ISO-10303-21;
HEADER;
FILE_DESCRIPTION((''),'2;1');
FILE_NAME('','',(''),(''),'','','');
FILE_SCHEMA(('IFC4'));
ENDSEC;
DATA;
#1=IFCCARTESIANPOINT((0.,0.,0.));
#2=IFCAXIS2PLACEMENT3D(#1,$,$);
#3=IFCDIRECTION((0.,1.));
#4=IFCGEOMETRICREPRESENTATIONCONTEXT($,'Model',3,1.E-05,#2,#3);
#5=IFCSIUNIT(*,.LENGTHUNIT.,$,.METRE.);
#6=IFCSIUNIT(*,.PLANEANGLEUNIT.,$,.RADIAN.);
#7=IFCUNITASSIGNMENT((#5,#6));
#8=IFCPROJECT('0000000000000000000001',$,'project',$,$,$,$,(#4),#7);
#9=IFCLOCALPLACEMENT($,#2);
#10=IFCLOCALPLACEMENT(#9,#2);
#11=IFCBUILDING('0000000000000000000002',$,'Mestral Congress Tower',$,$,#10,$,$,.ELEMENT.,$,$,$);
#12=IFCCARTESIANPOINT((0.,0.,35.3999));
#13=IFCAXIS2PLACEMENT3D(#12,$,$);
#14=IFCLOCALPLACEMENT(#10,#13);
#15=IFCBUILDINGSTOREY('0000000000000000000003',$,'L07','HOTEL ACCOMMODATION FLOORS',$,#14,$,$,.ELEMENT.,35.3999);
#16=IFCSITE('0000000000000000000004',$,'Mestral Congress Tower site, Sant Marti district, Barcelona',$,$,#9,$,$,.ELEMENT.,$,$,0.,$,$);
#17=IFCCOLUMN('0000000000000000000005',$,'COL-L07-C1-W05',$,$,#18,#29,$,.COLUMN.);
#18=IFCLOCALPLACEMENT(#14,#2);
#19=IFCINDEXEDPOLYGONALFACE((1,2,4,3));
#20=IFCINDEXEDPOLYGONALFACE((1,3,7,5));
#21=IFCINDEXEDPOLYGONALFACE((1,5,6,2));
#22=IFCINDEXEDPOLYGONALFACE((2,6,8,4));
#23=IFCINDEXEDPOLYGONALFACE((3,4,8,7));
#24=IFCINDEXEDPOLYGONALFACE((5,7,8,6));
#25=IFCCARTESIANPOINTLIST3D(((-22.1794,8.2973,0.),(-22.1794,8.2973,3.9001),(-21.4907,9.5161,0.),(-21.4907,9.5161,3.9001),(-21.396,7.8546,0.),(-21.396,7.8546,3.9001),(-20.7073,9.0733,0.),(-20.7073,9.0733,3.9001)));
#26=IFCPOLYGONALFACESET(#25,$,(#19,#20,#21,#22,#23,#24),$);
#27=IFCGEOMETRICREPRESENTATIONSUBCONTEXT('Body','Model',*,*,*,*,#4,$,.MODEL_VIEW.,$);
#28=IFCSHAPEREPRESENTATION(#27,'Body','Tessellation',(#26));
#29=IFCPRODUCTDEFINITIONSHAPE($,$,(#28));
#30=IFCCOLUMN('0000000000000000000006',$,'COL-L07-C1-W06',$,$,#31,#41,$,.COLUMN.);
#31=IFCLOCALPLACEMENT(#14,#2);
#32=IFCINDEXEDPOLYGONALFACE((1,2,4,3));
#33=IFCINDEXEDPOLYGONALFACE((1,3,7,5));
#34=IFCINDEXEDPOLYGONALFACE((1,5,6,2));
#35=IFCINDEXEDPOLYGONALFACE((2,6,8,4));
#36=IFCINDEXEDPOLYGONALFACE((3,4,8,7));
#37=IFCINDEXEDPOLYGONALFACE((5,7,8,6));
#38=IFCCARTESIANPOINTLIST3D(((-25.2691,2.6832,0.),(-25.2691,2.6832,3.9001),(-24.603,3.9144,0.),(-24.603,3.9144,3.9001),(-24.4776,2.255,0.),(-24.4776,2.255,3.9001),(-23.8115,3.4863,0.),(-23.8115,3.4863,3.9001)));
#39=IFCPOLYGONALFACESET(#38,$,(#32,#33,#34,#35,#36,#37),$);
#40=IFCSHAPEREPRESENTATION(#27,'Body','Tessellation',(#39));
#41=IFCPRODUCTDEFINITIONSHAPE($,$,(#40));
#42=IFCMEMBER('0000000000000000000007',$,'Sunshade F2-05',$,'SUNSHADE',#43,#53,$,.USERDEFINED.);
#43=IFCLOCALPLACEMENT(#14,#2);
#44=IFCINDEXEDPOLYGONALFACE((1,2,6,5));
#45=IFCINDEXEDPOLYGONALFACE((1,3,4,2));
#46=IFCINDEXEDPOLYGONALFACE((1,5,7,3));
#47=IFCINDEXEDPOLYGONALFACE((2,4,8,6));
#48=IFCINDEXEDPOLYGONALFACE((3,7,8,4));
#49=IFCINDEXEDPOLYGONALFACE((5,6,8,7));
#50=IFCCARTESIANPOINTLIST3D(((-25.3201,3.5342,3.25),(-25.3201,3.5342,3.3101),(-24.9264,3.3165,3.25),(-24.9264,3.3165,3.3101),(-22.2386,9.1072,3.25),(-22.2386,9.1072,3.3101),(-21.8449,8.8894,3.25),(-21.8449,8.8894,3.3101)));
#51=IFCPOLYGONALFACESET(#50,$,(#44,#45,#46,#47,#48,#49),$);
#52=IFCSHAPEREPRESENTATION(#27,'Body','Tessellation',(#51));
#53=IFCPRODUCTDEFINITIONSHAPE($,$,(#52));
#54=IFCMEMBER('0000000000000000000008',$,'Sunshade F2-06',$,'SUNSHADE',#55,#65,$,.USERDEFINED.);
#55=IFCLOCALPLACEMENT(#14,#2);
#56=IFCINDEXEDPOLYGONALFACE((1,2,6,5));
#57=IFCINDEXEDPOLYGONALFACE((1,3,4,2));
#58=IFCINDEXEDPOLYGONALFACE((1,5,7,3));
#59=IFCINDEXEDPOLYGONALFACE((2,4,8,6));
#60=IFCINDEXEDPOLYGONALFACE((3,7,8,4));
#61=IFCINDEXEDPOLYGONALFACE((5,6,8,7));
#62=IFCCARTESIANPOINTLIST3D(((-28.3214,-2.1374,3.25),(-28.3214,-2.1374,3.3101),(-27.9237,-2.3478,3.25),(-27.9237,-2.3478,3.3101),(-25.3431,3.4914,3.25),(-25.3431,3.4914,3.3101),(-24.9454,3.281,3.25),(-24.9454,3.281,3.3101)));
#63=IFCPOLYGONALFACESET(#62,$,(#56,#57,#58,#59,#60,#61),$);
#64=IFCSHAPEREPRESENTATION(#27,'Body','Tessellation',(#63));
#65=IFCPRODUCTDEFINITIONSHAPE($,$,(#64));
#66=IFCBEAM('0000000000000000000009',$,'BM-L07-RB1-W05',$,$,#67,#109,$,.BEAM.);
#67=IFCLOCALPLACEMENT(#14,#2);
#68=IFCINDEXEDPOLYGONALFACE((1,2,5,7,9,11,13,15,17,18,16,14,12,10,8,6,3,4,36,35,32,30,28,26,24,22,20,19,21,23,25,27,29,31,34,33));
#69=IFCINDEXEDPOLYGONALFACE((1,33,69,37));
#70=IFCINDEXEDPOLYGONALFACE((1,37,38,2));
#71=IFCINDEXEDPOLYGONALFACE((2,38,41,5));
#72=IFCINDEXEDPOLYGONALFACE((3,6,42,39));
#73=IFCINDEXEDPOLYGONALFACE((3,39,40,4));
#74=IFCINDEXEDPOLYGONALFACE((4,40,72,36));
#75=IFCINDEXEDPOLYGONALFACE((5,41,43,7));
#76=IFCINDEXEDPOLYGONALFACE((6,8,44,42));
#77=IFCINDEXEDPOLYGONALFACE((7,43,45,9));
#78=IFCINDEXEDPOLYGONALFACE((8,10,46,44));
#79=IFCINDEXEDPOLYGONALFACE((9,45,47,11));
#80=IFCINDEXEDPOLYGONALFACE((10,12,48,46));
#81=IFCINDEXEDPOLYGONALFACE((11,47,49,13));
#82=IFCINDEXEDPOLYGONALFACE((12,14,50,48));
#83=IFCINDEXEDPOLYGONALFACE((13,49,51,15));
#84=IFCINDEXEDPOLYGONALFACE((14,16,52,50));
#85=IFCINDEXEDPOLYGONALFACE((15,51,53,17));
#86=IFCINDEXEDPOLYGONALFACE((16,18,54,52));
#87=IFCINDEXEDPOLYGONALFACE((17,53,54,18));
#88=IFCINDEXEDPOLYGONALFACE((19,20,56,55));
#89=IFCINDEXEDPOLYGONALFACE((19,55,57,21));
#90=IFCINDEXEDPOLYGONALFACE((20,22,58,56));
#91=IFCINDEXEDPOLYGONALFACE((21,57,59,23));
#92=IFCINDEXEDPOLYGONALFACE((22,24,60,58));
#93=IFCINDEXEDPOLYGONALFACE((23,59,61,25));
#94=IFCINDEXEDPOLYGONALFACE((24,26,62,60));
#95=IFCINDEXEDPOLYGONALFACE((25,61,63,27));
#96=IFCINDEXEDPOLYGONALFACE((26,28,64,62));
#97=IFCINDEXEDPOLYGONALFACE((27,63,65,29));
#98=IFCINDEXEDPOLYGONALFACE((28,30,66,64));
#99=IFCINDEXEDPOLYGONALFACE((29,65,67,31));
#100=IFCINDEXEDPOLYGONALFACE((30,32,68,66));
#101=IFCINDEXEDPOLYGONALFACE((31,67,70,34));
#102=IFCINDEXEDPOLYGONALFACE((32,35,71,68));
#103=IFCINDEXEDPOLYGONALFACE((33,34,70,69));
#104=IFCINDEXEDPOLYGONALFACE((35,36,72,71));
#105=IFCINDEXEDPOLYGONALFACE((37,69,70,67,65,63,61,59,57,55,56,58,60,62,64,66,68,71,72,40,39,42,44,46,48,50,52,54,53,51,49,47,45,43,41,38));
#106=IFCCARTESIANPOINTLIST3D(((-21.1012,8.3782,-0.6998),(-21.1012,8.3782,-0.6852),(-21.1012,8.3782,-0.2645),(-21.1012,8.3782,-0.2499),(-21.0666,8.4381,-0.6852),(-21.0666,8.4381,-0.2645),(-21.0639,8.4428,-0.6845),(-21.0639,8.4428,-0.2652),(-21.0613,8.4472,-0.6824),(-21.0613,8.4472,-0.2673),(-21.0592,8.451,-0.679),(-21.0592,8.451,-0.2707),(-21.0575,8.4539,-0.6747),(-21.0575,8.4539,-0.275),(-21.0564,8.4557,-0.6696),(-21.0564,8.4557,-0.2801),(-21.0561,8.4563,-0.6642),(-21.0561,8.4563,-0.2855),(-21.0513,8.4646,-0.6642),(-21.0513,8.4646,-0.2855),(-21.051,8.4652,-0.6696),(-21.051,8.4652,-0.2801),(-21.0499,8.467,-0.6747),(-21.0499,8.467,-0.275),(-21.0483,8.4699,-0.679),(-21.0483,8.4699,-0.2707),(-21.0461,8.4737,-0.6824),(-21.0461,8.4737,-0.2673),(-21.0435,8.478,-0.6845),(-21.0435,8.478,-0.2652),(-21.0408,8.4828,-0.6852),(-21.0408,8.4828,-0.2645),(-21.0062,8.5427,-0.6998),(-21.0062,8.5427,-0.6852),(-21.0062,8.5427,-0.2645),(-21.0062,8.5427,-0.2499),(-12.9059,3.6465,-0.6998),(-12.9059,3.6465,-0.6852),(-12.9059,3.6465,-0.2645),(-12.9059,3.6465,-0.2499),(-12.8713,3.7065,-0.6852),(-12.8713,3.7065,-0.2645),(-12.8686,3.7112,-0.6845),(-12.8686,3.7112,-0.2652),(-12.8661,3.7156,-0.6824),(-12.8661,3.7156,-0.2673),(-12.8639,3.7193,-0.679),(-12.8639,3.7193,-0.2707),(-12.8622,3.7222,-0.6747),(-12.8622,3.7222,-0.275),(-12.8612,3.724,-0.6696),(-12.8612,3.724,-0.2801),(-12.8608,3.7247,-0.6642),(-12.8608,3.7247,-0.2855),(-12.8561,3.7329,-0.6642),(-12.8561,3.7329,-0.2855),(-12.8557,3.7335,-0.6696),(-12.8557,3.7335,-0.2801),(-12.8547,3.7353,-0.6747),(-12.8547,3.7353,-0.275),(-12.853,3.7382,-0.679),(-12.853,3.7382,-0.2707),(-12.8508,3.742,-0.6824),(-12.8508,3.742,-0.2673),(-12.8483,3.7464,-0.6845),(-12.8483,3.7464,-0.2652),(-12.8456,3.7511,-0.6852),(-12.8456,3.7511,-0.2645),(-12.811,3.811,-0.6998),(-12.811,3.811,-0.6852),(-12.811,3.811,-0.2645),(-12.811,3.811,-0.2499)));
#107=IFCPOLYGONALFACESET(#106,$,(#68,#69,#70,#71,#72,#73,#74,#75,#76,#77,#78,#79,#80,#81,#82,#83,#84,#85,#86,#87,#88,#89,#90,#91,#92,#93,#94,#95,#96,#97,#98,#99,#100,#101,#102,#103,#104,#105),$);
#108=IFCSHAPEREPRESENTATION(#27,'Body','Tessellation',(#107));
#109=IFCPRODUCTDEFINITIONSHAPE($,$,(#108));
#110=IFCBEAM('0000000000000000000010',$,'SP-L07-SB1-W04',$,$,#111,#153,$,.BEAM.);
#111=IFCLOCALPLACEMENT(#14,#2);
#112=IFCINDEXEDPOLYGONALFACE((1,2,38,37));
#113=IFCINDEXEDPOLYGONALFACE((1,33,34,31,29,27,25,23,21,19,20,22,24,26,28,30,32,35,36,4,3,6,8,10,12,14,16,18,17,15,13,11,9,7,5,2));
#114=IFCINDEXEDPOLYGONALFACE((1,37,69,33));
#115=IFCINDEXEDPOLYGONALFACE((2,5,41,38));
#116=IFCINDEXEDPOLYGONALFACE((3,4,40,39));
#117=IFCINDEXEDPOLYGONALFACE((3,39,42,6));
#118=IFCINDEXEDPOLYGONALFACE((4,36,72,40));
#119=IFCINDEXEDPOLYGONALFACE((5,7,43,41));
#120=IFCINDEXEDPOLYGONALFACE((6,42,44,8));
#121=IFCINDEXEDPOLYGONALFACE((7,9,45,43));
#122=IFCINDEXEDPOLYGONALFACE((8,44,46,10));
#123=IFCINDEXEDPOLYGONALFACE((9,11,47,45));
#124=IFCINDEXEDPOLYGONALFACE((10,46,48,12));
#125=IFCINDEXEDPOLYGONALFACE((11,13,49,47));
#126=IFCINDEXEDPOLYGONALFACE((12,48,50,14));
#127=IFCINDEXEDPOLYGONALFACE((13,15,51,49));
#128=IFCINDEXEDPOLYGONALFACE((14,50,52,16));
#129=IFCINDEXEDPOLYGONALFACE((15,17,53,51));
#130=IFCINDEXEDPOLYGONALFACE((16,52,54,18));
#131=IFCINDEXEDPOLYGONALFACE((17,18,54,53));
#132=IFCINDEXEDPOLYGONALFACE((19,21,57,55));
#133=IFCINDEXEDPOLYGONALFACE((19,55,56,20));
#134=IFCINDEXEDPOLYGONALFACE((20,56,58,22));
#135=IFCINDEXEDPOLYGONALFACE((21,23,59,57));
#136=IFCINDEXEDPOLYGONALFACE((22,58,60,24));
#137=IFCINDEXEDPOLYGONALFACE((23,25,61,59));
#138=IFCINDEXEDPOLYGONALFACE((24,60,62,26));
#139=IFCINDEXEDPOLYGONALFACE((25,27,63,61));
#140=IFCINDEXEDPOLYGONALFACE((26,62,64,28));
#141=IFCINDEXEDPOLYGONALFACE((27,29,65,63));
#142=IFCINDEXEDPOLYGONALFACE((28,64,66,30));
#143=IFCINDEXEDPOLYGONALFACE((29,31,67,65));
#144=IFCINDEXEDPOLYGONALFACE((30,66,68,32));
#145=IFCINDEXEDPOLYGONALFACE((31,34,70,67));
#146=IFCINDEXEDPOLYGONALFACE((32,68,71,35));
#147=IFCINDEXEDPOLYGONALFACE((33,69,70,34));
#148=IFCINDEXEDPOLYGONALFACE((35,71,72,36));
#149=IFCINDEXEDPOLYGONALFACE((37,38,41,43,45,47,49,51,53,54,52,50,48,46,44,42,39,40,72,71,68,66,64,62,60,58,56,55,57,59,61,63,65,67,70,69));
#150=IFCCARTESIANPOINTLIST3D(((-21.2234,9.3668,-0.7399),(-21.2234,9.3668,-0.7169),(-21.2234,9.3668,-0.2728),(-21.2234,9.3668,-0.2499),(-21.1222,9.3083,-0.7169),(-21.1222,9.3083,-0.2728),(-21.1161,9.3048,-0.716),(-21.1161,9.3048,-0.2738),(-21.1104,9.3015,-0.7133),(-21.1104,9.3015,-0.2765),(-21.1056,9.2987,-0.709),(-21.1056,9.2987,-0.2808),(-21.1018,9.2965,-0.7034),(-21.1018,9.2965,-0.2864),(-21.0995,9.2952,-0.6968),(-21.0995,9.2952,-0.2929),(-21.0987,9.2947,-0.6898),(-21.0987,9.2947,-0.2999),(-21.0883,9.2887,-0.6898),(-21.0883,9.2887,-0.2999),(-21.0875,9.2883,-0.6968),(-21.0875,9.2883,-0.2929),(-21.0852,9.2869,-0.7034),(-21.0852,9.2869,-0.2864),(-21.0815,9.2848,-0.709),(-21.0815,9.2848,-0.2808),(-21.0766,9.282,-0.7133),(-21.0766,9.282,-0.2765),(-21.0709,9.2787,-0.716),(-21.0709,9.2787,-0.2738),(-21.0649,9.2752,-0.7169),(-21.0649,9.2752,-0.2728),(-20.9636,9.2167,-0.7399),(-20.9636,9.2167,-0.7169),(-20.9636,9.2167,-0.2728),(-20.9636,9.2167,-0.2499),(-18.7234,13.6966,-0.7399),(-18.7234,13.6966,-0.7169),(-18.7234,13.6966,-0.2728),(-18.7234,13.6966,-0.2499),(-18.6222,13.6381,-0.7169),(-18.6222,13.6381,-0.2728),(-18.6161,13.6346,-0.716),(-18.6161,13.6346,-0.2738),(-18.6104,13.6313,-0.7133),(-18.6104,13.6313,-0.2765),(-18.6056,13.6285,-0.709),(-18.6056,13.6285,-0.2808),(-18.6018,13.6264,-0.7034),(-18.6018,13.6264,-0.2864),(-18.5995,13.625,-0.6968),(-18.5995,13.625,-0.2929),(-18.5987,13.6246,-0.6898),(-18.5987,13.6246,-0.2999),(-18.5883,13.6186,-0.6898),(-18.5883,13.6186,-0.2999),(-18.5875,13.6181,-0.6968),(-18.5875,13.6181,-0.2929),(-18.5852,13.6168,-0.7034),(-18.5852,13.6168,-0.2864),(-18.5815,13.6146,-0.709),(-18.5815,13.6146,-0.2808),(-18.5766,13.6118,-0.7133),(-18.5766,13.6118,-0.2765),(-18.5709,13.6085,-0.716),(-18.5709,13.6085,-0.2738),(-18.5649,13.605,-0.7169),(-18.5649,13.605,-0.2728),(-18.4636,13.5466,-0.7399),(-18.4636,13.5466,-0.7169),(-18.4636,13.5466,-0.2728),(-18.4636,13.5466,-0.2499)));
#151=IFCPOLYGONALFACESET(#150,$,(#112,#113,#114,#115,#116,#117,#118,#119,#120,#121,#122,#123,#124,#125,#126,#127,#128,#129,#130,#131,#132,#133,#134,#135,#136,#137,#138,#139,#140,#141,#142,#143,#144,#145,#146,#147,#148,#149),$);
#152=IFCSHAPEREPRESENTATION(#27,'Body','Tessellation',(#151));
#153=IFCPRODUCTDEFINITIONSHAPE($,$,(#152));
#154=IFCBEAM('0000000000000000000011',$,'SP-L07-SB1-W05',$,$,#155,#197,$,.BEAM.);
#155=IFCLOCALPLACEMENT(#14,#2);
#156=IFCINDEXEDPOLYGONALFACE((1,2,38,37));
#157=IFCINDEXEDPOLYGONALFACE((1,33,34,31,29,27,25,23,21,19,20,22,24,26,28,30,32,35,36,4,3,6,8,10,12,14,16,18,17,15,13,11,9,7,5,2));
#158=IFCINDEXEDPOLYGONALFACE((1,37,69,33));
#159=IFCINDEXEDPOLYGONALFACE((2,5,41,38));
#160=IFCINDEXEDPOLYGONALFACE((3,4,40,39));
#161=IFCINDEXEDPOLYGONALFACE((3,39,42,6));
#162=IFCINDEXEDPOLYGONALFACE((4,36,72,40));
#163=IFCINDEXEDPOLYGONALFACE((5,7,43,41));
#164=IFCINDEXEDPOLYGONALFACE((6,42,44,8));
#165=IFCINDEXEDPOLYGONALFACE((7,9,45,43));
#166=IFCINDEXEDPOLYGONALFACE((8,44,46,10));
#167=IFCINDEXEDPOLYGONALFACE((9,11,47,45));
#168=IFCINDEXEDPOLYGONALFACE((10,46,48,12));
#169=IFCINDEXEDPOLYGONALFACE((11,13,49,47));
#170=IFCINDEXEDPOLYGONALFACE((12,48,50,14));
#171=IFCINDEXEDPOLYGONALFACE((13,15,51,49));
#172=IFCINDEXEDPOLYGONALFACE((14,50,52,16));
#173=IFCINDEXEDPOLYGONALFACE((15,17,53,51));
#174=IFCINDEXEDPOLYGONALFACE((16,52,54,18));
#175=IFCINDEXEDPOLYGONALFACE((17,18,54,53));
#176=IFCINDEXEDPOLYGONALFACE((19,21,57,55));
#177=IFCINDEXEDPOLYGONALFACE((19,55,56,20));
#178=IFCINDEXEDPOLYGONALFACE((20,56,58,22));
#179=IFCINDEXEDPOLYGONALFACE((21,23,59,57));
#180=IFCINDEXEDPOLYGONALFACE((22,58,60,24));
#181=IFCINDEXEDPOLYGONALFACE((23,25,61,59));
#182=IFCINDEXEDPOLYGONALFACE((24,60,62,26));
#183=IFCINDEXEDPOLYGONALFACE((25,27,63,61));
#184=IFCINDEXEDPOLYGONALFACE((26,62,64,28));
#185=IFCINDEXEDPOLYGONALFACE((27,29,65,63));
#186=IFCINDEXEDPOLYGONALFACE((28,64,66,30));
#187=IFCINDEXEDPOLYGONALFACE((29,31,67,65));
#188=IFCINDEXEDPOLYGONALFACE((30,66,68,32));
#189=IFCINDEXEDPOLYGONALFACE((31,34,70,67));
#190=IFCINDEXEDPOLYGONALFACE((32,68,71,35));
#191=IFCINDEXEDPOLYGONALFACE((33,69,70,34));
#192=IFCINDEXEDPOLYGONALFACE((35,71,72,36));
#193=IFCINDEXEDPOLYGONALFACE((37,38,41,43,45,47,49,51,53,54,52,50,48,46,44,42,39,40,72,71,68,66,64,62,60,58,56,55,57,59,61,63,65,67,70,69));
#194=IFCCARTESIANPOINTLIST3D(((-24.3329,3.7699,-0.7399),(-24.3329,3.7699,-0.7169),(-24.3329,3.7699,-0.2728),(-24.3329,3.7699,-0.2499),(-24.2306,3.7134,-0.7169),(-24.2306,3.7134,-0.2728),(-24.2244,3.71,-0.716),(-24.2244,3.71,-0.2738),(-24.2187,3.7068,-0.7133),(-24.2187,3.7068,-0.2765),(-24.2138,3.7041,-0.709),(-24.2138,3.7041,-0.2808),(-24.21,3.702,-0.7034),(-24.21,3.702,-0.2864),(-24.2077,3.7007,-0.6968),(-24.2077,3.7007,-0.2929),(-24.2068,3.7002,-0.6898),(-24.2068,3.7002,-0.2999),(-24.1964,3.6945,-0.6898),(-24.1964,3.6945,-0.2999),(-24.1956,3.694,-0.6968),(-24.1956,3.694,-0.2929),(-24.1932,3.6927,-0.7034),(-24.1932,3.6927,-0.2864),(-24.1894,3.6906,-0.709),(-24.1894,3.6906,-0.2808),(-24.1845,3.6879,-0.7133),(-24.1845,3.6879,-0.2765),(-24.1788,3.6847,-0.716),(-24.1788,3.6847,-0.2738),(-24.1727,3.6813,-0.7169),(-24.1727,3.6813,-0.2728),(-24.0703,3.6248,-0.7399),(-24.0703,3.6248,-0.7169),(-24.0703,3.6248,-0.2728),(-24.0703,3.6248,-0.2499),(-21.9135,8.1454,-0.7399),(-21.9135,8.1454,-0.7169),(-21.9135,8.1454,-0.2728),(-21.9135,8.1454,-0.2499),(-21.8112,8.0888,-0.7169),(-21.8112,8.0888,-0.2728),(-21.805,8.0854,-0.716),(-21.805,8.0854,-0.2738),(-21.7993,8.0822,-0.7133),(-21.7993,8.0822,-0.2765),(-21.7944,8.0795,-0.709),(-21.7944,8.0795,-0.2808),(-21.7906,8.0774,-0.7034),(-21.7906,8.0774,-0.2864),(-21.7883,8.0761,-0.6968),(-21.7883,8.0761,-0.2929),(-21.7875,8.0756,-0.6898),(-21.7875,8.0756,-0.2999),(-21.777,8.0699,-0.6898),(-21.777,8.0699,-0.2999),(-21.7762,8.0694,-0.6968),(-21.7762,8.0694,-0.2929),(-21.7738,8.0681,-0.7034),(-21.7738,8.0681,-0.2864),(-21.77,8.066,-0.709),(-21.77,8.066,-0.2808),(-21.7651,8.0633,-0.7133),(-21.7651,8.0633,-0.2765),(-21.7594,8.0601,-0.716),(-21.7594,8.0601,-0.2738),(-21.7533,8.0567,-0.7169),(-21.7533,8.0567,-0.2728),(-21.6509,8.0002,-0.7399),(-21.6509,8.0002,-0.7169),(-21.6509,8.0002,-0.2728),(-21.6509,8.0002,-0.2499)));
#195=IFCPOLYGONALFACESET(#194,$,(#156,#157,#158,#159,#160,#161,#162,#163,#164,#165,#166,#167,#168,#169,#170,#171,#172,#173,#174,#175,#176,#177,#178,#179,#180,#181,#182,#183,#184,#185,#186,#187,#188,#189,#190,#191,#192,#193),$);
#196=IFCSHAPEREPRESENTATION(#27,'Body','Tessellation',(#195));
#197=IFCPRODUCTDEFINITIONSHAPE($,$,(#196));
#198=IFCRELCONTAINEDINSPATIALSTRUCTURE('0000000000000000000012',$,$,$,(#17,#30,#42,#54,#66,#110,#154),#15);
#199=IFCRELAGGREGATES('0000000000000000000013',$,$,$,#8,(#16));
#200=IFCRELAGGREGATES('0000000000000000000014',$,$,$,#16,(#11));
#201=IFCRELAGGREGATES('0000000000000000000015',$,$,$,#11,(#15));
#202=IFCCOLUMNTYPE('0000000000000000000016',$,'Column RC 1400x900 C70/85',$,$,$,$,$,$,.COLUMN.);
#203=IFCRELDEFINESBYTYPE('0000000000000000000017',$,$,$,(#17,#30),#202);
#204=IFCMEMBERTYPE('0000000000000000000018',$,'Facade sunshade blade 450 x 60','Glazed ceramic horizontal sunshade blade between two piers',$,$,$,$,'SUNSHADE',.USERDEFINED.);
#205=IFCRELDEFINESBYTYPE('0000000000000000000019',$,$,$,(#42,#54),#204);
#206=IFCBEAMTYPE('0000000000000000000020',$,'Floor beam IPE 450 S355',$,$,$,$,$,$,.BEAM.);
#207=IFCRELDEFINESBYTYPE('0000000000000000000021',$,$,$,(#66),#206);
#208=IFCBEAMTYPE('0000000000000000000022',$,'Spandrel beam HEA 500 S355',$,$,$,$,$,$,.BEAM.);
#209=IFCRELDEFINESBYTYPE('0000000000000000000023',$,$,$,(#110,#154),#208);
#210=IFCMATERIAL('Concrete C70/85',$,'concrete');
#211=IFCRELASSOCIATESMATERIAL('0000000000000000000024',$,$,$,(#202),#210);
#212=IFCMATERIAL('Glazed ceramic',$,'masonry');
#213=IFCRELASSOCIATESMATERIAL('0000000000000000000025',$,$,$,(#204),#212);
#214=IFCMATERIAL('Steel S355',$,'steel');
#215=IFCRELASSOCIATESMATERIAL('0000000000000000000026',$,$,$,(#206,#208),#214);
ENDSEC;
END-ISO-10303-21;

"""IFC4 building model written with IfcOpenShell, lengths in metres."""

from ifc_helpers import new_model, si_unit, direction, frame, origin, origin_2d, place, context, subcontext, project, spatial, rectangle, i_section, extrude, material, material_profile, profile_set, type_object, element, save


model = new_model("IFC4")

# Units and contexts
model_context = context("Model", 3, precision=1e-05, world=origin(), true_north=direction((0.0, 1.0)))
body_context = subcontext(model_context, "Body", "Model", "MODEL_VIEW")
ifc_project = project(units=[si_unit("LENGTHUNIT", "METRE"), si_unit("PLANEANGLEUNIT", "RADIAN")], contexts=[model_context])

# Site, building, storey
site_placement = place(None, origin())
site = spatial("IfcSite", under=ifc_project, at=site_placement, Name="Mestral Congress Tower site, Sant Marti district, Barcelona", CompositionType="ELEMENT", RefElevation=0.0)
building_placement = place(site_placement, origin())
building = spatial("IfcBuilding", under=site, at=building_placement, Name="Mestral Congress Tower", CompositionType="ELEMENT")
storey_placement = place(building_placement, frame((0.0, 0.0, 35.3999)))
storey = spatial("IfcBuildingStorey", under=building, at=storey_placement, Name="L07", Description="HOTEL ACCOMMODATION FLOORS", CompositionType="ELEMENT", Elevation=35.3999)

# Columns
ifc_material_1 = material(Name="Concrete C70/85", Category="concrete")
ifc_material_profile_1 = material_profile(ifc_material_1, rectangle(XDim=1.3999, YDim=0.8999, at=origin_2d()), Name="RC 1400x900")
ifc_profile_set_1 = profile_set([ifc_material_profile_1], Name="Concrete C70/85")
column_type = type_object("IfcColumnType", Name="Column RC 1400x900 C70/85", PredefinedType="COLUMN", material=ifc_profile_set_1)
for number, where, z_axis, x_axis, name in (
    (1, (-21.4434, 8.6853, 0.0), (0.0, 0.0, 1.0), (-0.491974, -0.87061, 0.0), "COL-L07-C1-W05"),
    (2, (-24.5403, 3.0847, 0.0), (0.0, 0.0, 1.0), (-0.475796, -0.879556, 0.0), "COL-L07-C1-W06"),
):
    element("IfcColumn", number, at=place(storey_placement, frame(where, z_axis=z_axis, x_axis=x_axis)), inside=storey, type_object=column_type, Name=name, PredefinedType="COLUMN", context=body_context, shape_type="SweptSolid", body=[
        extrude(rectangle(XDim=1.3999, YDim=0.8999, at=origin_2d()), origin(), (0.0, 0.0, 1.0), 3.9001),
    ])

# Members
ifc_material_2 = material(Name="Glazed ceramic", Category="masonry")
ifc_material_profile_2 = material_profile(ifc_material_2, rectangle(XDim=0.45, YDim=0.0601, at=origin_2d()), Name="Ceramic blade 450 x 60")
ifc_profile_set_2 = profile_set([ifc_material_profile_2], Name="Glazed ceramic")
member_type = type_object("IfcMemberType", Name="Facade sunshade blade 450 x 60", Description="Glazed ceramic horizontal sunshade blade between two piers", ElementType="SUNSHADE", PredefinedType="USERDEFINED", material=ifc_profile_set_2)
for number, where, z_axis, x_axis, name in (
    (3, (-22.0417, 8.9983, 3.28), (-0.483894, -0.875127, 0.0), (0.875127, -0.483894, 0.0), "Sunshade F2-05"),
    (4, (-25.1443, 3.3862, 3.28), (-0.467675, -0.883901, 0.0), (0.883901, -0.467675, 0.0), "Sunshade F2-06"),
):
    element("IfcMember", number, at=place(storey_placement, frame(where, z_axis=z_axis, x_axis=x_axis)), inside=storey, type_object=member_type, Name=name, ObjectType="SUNSHADE", PredefinedType="USERDEFINED", context=body_context, shape_type="SweptSolid", body=[
        extrude(rectangle(XDim=0.45, YDim=0.0601, at=origin_2d()), origin(), (0.0, 0.0, 1.0), 6.3682),
    ])

# Beams
ifc_material_3 = material(Name="Steel S355", Category="steel")
ifc_material_profile_3 = material_profile(ifc_material_3, i_section(OverallWidth=0.1899, OverallDepth=0.45, WebThickness=0.0095, FlangeThickness=0.0146, FilletRadius=0.021, at=origin_2d()), Name="IPE 450")
ifc_profile_set_3 = profile_set([ifc_material_profile_3], Name="Steel S355")
beam_type_1 = type_object("IfcBeamType", Name="Floor beam IPE 450 S355", PredefinedType="BEAM", material=ifc_profile_set_3)
beam_placement = place(storey_placement, frame((-21.0537, 8.4604, -0.4749), z_axis=(0.86602, -0.50001, 0.0), x_axis=(0.50001, 0.86602, 0.0)))
element("IfcBeam", 5, at=beam_placement, inside=storey, type_object=beam_type_1, Name="BM-L07-RB1-W05", PredefinedType="BEAM", context=body_context, shape_type="SweptSolid", body=[
    extrude(i_section(OverallWidth=0.1899, OverallDepth=0.45, WebThickness=0.0095, FlangeThickness=0.0146, FilletRadius=0.021, at=origin_2d()), origin(), (0.0, 0.0, 1.0), 9.4631),
])
ifc_material_profile_4 = material_profile(ifc_material_3, i_section(OverallWidth=0.3, OverallDepth=0.49, WebThickness=0.012, FlangeThickness=0.0229, FilletRadius=0.0271, at=origin_2d()), Name="HEA 500")
ifc_profile_set_4 = profile_set([ifc_material_profile_4], Name="Steel S355")
beam_type_2 = type_object("IfcBeamType", Name="Spandrel beam HEA 500 S355", PredefinedType="BEAM", material=ifc_profile_set_4)
for number, where, z_axis, x_axis, name in (
    (6, (-18.5935, 13.6216, -0.4949), (-0.500025, -0.866011, 0.0), (0.866011, -0.500025, 0.0), "SP-L07-SB1-W04"),
    (7, (-21.7822, 8.0728, -0.4949), (-0.483901, -0.875123, 0.0), (0.875123, -0.483901, 0.0), "SP-L07-SB1-W05"),
):
    element("IfcBeam", number, at=place(storey_placement, frame(where, z_axis=z_axis, x_axis=x_axis)), inside=storey, type_object=beam_type_2, Name=name, PredefinedType="BEAM", context=body_context, shape_type="SweptSolid", body=[
        extrude(i_section(OverallWidth=0.3, OverallDepth=0.49, WebThickness=0.012, FlangeThickness=0.0229, FilletRadius=0.0271, at=origin_2d()), origin(), (0.0, 0.0, 1.0), 4.9998),
    ])

save(model, "model.ifc")
